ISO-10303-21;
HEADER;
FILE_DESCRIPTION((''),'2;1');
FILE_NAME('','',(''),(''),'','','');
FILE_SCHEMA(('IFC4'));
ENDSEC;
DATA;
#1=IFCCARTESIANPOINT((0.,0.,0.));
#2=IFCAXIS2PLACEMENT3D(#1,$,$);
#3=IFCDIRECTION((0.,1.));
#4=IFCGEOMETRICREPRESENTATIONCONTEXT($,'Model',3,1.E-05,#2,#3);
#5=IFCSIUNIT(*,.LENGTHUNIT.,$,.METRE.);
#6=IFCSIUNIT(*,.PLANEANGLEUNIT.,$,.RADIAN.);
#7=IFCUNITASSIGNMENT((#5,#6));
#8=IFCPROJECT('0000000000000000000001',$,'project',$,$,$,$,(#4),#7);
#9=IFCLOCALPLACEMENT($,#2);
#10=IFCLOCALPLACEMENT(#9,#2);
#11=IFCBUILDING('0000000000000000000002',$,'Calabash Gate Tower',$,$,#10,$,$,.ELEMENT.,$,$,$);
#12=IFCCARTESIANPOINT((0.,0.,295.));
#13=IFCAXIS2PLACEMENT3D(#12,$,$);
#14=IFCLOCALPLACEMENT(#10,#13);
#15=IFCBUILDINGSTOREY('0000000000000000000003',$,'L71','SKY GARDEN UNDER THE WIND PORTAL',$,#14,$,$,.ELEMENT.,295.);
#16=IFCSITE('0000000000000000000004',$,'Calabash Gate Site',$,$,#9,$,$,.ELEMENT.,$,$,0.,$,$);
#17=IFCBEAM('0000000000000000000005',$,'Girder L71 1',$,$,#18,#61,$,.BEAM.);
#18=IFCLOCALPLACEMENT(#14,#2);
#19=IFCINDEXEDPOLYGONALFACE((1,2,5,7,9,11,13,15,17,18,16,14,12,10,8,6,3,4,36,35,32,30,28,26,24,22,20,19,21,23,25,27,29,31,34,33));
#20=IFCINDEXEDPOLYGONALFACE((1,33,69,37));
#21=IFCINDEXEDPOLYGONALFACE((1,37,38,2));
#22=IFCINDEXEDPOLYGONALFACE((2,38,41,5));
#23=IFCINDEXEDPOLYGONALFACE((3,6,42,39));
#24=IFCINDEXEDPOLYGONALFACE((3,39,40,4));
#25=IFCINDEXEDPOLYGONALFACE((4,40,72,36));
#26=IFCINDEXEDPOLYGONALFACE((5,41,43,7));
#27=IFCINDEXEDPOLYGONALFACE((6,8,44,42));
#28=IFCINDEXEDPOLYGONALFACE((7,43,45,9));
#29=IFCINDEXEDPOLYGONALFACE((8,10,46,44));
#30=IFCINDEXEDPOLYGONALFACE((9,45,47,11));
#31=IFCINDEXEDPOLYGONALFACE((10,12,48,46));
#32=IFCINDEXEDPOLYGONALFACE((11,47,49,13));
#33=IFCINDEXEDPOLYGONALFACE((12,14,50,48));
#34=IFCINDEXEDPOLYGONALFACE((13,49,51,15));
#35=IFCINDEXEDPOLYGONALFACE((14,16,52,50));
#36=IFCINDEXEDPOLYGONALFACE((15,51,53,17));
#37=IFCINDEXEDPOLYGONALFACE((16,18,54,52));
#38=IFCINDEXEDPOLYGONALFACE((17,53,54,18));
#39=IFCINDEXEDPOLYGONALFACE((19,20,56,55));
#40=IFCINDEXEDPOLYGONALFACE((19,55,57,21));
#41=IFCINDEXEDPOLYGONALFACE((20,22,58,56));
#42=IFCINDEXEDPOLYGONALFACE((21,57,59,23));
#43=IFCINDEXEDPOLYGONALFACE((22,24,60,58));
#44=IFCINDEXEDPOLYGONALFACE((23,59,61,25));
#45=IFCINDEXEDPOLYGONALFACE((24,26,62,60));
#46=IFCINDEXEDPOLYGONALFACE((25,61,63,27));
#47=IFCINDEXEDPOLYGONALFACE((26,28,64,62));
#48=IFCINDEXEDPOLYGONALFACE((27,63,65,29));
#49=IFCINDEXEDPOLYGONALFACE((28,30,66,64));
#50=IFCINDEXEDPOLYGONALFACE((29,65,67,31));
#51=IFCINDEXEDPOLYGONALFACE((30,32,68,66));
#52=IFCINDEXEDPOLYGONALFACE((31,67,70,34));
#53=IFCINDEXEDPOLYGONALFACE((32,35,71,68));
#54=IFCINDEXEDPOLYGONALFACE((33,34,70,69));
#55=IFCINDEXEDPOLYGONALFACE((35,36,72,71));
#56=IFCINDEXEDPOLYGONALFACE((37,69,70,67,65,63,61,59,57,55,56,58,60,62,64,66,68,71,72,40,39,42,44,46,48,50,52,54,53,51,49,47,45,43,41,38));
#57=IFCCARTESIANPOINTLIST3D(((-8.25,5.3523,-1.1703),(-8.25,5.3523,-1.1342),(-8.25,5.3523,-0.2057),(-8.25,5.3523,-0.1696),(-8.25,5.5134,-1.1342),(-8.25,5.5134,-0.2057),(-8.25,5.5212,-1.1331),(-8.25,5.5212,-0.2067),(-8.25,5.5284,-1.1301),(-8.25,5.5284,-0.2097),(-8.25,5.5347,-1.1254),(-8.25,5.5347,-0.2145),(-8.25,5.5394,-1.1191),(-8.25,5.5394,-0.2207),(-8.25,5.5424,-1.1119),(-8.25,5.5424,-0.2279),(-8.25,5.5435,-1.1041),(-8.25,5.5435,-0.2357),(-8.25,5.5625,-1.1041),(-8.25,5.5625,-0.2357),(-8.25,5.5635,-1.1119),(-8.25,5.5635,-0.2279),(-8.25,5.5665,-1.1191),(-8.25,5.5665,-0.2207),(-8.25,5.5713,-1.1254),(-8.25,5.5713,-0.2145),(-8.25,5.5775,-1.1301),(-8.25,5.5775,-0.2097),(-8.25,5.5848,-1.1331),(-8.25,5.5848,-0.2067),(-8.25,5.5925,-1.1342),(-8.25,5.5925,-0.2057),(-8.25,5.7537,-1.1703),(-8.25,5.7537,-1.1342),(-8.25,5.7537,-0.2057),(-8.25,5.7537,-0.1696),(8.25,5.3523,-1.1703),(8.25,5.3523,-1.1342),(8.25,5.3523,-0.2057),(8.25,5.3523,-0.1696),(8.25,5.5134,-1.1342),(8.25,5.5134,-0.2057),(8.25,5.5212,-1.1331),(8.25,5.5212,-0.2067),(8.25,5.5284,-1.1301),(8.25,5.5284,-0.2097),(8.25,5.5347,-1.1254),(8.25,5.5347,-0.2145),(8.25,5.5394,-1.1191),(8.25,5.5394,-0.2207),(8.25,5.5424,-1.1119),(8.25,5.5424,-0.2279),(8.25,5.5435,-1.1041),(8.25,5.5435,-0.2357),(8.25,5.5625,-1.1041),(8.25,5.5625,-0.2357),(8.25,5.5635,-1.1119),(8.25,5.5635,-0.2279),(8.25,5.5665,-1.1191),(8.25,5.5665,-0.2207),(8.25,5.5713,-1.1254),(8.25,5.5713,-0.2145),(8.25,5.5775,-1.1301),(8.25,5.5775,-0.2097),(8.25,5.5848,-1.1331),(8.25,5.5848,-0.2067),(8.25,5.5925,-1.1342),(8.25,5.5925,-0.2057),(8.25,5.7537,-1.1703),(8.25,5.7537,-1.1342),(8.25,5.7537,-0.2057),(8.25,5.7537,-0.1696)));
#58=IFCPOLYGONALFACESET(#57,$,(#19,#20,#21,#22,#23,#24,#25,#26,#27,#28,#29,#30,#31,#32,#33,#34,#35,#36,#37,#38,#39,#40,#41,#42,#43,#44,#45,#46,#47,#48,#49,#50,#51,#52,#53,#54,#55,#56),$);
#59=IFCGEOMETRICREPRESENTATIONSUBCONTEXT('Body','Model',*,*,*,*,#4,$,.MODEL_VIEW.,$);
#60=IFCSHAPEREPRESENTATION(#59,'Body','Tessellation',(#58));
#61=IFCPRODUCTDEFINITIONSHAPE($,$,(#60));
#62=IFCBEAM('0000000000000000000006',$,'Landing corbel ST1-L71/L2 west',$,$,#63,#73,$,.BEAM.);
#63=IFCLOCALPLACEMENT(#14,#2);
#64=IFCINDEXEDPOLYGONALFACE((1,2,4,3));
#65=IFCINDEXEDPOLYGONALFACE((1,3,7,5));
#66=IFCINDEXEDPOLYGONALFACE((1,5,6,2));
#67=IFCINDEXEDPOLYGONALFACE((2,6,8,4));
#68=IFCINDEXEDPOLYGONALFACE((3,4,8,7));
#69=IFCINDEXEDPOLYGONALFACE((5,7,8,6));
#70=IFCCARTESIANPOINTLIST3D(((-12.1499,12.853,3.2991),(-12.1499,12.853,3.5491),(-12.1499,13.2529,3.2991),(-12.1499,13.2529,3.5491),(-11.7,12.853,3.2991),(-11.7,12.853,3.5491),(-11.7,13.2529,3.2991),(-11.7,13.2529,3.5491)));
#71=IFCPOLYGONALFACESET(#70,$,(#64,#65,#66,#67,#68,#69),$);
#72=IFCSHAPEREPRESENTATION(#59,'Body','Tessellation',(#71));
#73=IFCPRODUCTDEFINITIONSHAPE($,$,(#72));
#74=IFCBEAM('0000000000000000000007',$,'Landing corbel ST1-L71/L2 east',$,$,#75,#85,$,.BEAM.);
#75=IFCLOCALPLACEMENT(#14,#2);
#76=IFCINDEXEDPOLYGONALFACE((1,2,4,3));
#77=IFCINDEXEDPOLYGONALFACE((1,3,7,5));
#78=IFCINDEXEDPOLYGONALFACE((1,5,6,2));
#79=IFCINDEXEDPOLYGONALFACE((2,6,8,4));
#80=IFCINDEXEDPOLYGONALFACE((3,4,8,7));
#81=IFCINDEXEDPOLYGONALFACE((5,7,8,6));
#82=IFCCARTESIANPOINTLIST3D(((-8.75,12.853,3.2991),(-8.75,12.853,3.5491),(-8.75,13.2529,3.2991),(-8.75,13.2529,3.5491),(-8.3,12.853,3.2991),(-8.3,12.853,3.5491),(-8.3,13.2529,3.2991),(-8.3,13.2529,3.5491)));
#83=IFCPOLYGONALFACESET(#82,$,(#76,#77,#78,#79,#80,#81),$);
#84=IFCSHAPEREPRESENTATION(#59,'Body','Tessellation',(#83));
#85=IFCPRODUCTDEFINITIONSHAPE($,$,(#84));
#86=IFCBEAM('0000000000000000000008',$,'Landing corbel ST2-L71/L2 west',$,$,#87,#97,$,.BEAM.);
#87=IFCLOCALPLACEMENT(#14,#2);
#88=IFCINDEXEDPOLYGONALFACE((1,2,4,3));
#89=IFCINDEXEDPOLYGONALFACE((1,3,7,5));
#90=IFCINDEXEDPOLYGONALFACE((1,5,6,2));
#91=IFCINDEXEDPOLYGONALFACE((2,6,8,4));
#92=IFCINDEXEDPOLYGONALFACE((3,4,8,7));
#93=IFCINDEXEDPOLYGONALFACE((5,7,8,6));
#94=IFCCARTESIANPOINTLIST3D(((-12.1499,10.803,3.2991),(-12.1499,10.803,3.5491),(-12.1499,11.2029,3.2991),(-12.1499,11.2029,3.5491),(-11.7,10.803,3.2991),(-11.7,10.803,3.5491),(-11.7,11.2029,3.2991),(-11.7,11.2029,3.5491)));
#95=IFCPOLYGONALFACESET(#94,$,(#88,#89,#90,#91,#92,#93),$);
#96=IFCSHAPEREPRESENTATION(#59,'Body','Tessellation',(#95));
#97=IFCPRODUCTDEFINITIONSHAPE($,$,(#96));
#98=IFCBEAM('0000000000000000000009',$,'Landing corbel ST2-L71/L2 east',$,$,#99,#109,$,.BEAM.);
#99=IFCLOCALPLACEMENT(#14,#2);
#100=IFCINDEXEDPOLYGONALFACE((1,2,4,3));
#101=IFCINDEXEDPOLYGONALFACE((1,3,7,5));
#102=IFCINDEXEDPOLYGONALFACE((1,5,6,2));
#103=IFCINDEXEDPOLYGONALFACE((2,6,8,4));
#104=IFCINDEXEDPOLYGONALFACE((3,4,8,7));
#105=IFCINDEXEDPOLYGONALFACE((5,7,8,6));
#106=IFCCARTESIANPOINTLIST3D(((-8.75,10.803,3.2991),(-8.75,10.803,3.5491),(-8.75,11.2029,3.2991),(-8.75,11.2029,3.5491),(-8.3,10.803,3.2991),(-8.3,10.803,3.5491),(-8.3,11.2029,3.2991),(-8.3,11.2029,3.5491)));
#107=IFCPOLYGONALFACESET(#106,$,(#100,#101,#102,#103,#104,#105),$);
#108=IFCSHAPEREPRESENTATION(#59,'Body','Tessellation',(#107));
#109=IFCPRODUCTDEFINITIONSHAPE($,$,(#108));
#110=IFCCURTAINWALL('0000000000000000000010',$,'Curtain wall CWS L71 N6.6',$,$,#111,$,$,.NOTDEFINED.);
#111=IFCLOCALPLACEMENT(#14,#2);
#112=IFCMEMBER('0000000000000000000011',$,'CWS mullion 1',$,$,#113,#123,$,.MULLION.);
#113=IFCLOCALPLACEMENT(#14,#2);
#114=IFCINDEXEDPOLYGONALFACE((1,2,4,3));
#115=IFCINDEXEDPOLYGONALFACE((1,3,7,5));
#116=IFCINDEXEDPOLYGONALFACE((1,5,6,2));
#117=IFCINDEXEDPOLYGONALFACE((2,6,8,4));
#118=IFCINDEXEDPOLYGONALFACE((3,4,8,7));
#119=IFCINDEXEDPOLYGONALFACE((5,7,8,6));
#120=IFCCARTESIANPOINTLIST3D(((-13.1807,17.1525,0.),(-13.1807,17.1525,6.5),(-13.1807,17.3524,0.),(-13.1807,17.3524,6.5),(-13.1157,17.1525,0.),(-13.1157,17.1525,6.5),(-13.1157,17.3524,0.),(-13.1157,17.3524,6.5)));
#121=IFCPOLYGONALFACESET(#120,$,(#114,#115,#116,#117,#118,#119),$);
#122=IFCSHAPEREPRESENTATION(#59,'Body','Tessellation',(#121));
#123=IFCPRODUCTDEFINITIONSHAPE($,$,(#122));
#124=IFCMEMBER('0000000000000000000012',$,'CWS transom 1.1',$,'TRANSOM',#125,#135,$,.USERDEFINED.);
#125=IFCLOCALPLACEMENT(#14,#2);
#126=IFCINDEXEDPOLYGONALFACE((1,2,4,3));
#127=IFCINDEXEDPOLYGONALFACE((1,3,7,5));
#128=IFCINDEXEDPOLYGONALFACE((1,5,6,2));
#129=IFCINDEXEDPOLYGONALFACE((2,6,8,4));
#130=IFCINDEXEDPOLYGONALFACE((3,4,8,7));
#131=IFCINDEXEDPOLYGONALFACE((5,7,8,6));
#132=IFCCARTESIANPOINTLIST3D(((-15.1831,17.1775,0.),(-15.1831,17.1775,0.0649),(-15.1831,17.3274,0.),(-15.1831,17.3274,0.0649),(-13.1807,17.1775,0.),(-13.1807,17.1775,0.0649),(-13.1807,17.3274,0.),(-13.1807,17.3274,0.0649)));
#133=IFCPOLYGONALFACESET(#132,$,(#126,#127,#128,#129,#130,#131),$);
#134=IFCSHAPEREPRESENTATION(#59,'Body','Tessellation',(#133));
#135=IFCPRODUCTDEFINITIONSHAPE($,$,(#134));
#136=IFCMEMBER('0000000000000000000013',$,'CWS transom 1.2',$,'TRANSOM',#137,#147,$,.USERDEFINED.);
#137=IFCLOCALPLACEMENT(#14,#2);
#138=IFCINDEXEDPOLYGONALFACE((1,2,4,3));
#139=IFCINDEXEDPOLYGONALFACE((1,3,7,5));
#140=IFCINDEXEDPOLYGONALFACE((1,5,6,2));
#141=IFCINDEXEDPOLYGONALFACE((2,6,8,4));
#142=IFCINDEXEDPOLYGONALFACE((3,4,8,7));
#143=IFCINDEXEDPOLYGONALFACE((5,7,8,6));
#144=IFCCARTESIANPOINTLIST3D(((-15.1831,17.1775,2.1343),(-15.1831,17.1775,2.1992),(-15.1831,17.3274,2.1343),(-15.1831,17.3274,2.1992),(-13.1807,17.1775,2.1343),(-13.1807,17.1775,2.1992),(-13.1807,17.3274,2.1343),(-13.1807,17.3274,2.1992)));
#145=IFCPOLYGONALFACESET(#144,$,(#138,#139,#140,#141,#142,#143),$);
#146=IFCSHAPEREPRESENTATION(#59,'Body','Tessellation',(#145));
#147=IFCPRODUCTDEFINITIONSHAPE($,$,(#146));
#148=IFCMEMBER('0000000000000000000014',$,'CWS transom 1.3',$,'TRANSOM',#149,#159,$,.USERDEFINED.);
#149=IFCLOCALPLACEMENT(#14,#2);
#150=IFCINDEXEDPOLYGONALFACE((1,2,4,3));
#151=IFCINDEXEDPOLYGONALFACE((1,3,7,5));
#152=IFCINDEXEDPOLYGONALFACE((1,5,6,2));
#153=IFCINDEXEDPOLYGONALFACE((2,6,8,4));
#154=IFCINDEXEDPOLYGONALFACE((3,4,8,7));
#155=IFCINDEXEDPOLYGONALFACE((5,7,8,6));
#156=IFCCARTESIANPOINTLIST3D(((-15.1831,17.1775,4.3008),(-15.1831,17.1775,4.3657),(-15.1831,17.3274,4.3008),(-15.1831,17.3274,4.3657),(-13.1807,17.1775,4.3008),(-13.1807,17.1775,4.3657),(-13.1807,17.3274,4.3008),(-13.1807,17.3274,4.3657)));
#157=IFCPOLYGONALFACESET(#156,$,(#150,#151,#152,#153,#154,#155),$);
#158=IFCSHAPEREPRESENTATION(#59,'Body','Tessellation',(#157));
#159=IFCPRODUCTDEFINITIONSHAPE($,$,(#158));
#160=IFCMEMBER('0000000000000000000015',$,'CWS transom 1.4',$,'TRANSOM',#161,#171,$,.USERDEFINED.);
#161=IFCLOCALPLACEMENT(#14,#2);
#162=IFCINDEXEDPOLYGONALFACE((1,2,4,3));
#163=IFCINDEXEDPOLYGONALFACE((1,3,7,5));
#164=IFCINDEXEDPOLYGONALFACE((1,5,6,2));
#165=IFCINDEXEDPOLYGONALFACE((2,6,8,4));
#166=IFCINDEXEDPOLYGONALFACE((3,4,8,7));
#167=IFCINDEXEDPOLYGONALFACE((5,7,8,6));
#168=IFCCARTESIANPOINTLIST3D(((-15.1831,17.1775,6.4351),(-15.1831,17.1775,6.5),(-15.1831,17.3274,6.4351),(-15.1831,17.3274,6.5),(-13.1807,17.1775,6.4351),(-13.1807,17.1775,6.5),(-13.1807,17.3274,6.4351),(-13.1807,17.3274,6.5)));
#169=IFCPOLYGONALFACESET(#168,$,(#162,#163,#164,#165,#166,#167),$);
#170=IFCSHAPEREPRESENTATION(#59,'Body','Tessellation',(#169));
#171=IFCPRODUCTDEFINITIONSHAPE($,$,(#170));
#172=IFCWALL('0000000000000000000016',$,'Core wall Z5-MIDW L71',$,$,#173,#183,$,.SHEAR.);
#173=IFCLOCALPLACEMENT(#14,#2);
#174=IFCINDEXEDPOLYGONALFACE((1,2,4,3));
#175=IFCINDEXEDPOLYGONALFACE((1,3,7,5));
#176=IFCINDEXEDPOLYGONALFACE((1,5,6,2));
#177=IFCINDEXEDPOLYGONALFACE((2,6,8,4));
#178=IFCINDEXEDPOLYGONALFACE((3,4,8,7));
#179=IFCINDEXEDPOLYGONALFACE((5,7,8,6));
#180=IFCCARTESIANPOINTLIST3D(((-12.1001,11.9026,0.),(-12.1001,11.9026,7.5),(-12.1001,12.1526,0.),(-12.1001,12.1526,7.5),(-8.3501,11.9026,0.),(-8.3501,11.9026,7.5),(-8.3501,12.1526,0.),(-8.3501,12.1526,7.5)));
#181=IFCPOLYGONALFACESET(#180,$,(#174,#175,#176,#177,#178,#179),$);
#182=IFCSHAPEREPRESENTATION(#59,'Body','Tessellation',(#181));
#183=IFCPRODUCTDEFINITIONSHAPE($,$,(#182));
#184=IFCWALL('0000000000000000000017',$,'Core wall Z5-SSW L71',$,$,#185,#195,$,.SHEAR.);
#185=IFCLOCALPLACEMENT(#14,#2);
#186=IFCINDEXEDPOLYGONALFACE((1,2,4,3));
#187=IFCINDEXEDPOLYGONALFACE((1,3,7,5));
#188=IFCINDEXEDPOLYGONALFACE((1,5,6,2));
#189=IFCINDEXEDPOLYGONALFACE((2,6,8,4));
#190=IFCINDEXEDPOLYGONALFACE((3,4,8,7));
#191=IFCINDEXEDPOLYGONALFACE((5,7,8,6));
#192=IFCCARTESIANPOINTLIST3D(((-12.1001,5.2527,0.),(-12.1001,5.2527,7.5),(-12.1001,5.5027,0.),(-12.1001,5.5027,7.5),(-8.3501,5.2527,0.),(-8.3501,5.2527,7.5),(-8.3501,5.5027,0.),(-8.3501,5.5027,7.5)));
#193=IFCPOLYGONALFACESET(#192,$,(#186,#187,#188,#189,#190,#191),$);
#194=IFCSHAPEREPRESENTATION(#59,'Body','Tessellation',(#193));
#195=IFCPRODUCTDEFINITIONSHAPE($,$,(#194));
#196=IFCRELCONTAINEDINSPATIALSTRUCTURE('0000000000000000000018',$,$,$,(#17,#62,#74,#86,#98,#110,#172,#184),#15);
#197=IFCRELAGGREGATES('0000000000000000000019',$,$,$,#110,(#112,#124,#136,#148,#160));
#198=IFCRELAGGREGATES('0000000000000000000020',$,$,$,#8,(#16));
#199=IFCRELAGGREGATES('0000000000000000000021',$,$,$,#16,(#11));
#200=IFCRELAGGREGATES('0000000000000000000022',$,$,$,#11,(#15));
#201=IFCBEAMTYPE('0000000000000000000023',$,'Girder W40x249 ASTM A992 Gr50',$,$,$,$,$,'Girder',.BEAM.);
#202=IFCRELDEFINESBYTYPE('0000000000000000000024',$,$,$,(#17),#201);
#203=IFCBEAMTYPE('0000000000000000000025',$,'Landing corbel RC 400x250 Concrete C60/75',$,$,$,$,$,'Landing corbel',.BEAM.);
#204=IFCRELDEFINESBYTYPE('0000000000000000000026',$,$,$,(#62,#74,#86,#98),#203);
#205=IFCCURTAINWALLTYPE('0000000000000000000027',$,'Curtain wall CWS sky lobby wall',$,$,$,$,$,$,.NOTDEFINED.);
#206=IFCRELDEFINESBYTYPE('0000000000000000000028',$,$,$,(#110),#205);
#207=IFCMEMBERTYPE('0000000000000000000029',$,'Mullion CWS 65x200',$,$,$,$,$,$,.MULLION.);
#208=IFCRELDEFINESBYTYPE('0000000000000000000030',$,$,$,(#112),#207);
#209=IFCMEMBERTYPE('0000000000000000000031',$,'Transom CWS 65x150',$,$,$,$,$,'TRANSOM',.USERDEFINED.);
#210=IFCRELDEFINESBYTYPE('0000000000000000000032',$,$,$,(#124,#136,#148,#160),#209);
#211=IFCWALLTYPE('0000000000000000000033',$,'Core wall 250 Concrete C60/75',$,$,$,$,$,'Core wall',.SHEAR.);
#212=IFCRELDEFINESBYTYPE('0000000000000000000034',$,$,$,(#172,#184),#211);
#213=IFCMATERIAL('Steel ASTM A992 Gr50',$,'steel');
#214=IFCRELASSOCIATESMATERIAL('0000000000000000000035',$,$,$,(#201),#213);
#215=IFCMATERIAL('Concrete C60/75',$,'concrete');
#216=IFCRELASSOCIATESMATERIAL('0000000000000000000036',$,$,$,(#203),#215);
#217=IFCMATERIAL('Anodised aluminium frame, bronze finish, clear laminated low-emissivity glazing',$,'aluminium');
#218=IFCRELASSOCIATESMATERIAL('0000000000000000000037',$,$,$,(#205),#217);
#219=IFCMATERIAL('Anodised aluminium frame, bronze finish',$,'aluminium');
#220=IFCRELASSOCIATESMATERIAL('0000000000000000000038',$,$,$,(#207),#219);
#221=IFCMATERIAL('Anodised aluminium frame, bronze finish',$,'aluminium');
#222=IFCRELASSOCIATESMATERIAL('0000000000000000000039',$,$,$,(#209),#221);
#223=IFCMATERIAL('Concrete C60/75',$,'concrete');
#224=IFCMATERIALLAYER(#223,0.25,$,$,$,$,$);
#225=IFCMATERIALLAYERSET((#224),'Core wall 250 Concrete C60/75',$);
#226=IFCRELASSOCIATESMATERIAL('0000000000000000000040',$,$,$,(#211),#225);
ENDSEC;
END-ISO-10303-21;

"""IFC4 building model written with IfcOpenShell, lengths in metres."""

from ifc_helpers import new_model, si_unit, direction, frame, frame_2d, origin, origin_2d, place, context, subcontext, project, spatial, rectangle, i_section, extrude, material, layer, layer_set, material_profile, profile_set, type_object, element, aggregate, save


model = new_model("IFC4")

# Units and contexts
model_context = context("Model", 3, precision=1e-05, world=origin(), true_north=direction((0.0, 1.0)))
body_context = subcontext(model_context, "Body", "Model", "MODEL_VIEW")
ifc_project = project(units=[si_unit("LENGTHUNIT", "METRE"), si_unit("PLANEANGLEUNIT", "RADIAN")], contexts=[model_context])

# Site, building, storey
site_placement = place(None, origin())
site = spatial("IfcSite", under=ifc_project, at=site_placement, Name="Calabash Gate Site", CompositionType="ELEMENT", RefElevation=0.0)
building_placement = place(site_placement, origin())
building = spatial("IfcBuilding", under=site, at=building_placement, Name="Calabash Gate Tower", CompositionType="ELEMENT")
storey_placement = place(building_placement, frame((0.0, 0.0, 295.0)))
storey = spatial("IfcBuildingStorey", under=building, at=storey_placement, Name="L71", Description="SKY GARDEN UNDER THE WIND PORTAL", CompositionType="ELEMENT", Elevation=295.0)

# Beams
ifc_material_1 = material(Name="Steel ASTM A992 Gr50", Category="steel")
ifc_material_profile_1 = material_profile(ifc_material_1, i_section(OverallWidth=0.4014, OverallDepth=1.0007, WebThickness=0.019, FlangeThickness=0.0361, FilletRadius=0.03, at=origin_2d()))
ifc_profile_set_1 = profile_set([ifc_material_profile_1], Name="Steel ASTM A992 Gr50")
beam_type_1 = type_object("IfcBeamType", Name="Girder W40x249 ASTM A992 Gr50", ElementType="Girder", PredefinedType="BEAM", material=ifc_profile_set_1)
beam_placement = place(storey_placement, frame((-8.25, 5.553, -0.6699), z_axis=(1.0, 0.0, 0.0), x_axis=(0.0, 1.0, 0.0)))
element("IfcBeam", 1, at=beam_placement, inside=storey, type_object=beam_type_1, Name="Girder L71 1", PredefinedType="BEAM", context=body_context, shape_type="SweptSolid", body=[
    extrude(i_section(OverallWidth=0.4014, OverallDepth=1.0007, WebThickness=0.019, FlangeThickness=0.0361, FilletRadius=0.03, at=origin_2d()), origin(), (0.0, 0.0, 1.0), 16.5),
])
ifc_material_2 = material(Name="Concrete C60/75", Category="concrete")
ifc_material_profile_2 = material_profile(ifc_material_2, rectangle(XDim=0.3999, YDim=0.25, at=origin_2d()))
ifc_profile_set_2 = profile_set([ifc_material_profile_2], Name="Concrete C60/75")
beam_type_2 = type_object("IfcBeamType", Name="Landing corbel RC 400x250 Concrete C60/75", ElementType="Landing corbel", PredefinedType="BEAM", material=ifc_profile_set_2)
for number, where, z_axis, x_axis, name in (
    (2, (-12.1499, 13.053, 3.4241), (1.0, 0.0, 0.0), (0.0, 1.0, 0.0), "Landing corbel ST1-L71/L2 west"),
    (3, (-8.3, 13.053, 3.4241), (-1.0, 0.0, 0.0), (0.0, -1.0, 0.0), "Landing corbel ST1-L71/L2 east"),
    (4, (-12.1499, 11.0029, 3.4241), (1.0, 0.0, 0.0), (0.0, 1.0, 0.0), "Landing corbel ST2-L71/L2 west"),
    (5, (-8.3, 11.0029, 3.4241), (-1.0, 0.0, 0.0), (0.0, -1.0, 0.0), "Landing corbel ST2-L71/L2 east"),
):
    element("IfcBeam", number, at=place(storey_placement, frame(where, z_axis=z_axis, x_axis=x_axis)), inside=storey, type_object=beam_type_2, Name=name, PredefinedType="BEAM", context=body_context, shape_type="SweptSolid", body=[
        extrude(rectangle(XDim=0.3999, YDim=0.25, at=origin_2d()), origin(), (0.0, 0.0, 1.0), 0.45),
    ])

# Curtain wall, members
ifc_material_3 = material(Name="Anodised aluminium frame, bronze finish, clear laminated low-emissivity glazing", Category="aluminium")
curtain_wall_type = type_object("IfcCurtainWallType", Name="Curtain wall CWS sky lobby wall", PredefinedType="NOTDEFINED", material=ifc_material_3)
curtain_wall_placement = place(storey_placement, origin())
curtain_wall = element("IfcCurtainWall", 6, at=curtain_wall_placement, inside=storey, type_object=curtain_wall_type, Name="Curtain wall CWS L71 N6.6", PredefinedType="NOTDEFINED")
ifc_material_4 = material(Name="Anodised aluminium frame, bronze finish", Category="aluminium")
ifc_material_profile_3 = material_profile(ifc_material_4, rectangle(XDim=0.2, YDim=0.0649, at=origin_2d()))
ifc_profile_set_3 = profile_set([ifc_material_profile_3], Name="Anodised aluminium frame, bronze finish")
member_type_1 = type_object("IfcMemberType", Name="Mullion CWS 65x200", PredefinedType="MULLION", material=ifc_profile_set_3)
member_1_placement = place(storey_placement, frame((-13.1482, 17.2524, 0.0), z_axis=(0.0, 0.0, 1.0), x_axis=(0.0, -1.0, 0.0)))
member_1 = element("IfcMember", 7, at=member_1_placement, type_object=member_type_1, Name="CWS mullion 1", PredefinedType="MULLION", context=body_context, shape_type="SweptSolid", body=[
    extrude(rectangle(XDim=0.2, YDim=0.0649, at=origin_2d()), origin(), (0.0, 0.0, 1.0), 6.5),
])
ifc_material_5 = material(Name="Anodised aluminium frame, bronze finish", Category="aluminium")
ifc_material_profile_4 = material_profile(ifc_material_5, rectangle(XDim=0.1499, YDim=0.0649, at=origin_2d()))
ifc_profile_set_4 = profile_set([ifc_material_profile_4], Name="Anodised aluminium frame, bronze finish")
member_type_2 = type_object("IfcMemberType", Name="Transom CWS 65x150", ElementType="TRANSOM", PredefinedType="USERDEFINED", material=ifc_profile_set_4)
member_2_placement = place(storey_placement, frame((-13.1807, 17.2524, 0.0325), z_axis=(-1.0, 0.0, 0.0), x_axis=(0.0, -1.0, 0.0)))
member_2 = element("IfcMember", 8, at=member_2_placement, type_object=member_type_2, Name="CWS transom 1.1", ObjectType="TRANSOM", PredefinedType="USERDEFINED", context=body_context, shape_type="SweptSolid", body=[
    extrude(rectangle(XDim=0.1499, YDim=0.0649, at=origin_2d()), origin(), (0.0, 0.0, 1.0), 2.0024),
])
member_3_placement = place(storey_placement, frame((-13.1807, 17.2524, 2.1667), z_axis=(-1.0, 0.0, 0.0), x_axis=(0.0, -1.0, 0.0)))
member_3 = element("IfcMember", 9, at=member_3_placement, type_object=member_type_2, Name="CWS transom 1.2", ObjectType="TRANSOM", PredefinedType="USERDEFINED", context=body_context, shape_type="SweptSolid", body=[
    extrude(rectangle(XDim=0.1499, YDim=0.0649, at=origin_2d()), origin(), (0.0, 0.0, 1.0), 2.0024),
])
member_4_placement = place(storey_placement, frame((-13.1807, 17.2524, 4.3333), z_axis=(-1.0, 0.0, 0.0), x_axis=(0.0, -1.0, 0.0)))
member_4 = element("IfcMember", 10, at=member_4_placement, type_object=member_type_2, Name="CWS transom 1.3", ObjectType="TRANSOM", PredefinedType="USERDEFINED", context=body_context, shape_type="SweptSolid", body=[
    extrude(rectangle(XDim=0.1499, YDim=0.0649, at=origin_2d()), origin(), (0.0, 0.0, 1.0), 2.0024),
])
member_5_placement = place(storey_placement, frame((-13.1807, 17.2524, 6.4675), z_axis=(-1.0, 0.0, 0.0), x_axis=(0.0, -1.0, 0.0)))
member_5 = element("IfcMember", 11, at=member_5_placement, type_object=member_type_2, Name="CWS transom 1.4", ObjectType="TRANSOM", PredefinedType="USERDEFINED", context=body_context, shape_type="SweptSolid", body=[
    extrude(rectangle(XDim=0.1499, YDim=0.0649, at=origin_2d()), origin(), (0.0, 0.0, 1.0), 2.0024),
])
aggregate(curtain_wall, [member_1, member_2, member_3, member_4, member_5])

# Walls
ifc_material_6 = material(Name="Concrete C60/75", Category="concrete")
ifc_layer_1 = layer(ifc_material_6, 0.25)
ifc_layer_set_1 = layer_set([ifc_layer_1], Name="Core wall 250 Concrete C60/75")
wall_type_1 = type_object("IfcWallType", Name="Core wall 250 Concrete C60/75", ElementType="Core wall", PredefinedType="SHEAR", material=ifc_layer_set_1)
for number, where, z_axis, x_axis, name in (
    (12, (-12.1001, 12.0276, 0.0), (0.0, 0.0, 1.0), (1.0, 0.0, 0.0), "Core wall Z5-MIDW L71"),
    (13, (-12.1001, 5.3777, 0.0), (0.0, 0.0, 1.0), (1.0, 0.0, 0.0), "Core wall Z5-SSW L71"),
):
    element("IfcWall", number, at=place(storey_placement, frame(where, z_axis=z_axis, x_axis=x_axis)), inside=storey, type_object=wall_type_1, Name=name, PredefinedType="SHEAR", context=body_context, shape_type="SweptSolid", body=[
        extrude(rectangle(XDim=3.75, YDim=0.25, at=frame_2d((1.875, 0.0))), origin(), (0.0, 0.0, 1.0), 7.5),
    ])

save(model, "model.ifc")
